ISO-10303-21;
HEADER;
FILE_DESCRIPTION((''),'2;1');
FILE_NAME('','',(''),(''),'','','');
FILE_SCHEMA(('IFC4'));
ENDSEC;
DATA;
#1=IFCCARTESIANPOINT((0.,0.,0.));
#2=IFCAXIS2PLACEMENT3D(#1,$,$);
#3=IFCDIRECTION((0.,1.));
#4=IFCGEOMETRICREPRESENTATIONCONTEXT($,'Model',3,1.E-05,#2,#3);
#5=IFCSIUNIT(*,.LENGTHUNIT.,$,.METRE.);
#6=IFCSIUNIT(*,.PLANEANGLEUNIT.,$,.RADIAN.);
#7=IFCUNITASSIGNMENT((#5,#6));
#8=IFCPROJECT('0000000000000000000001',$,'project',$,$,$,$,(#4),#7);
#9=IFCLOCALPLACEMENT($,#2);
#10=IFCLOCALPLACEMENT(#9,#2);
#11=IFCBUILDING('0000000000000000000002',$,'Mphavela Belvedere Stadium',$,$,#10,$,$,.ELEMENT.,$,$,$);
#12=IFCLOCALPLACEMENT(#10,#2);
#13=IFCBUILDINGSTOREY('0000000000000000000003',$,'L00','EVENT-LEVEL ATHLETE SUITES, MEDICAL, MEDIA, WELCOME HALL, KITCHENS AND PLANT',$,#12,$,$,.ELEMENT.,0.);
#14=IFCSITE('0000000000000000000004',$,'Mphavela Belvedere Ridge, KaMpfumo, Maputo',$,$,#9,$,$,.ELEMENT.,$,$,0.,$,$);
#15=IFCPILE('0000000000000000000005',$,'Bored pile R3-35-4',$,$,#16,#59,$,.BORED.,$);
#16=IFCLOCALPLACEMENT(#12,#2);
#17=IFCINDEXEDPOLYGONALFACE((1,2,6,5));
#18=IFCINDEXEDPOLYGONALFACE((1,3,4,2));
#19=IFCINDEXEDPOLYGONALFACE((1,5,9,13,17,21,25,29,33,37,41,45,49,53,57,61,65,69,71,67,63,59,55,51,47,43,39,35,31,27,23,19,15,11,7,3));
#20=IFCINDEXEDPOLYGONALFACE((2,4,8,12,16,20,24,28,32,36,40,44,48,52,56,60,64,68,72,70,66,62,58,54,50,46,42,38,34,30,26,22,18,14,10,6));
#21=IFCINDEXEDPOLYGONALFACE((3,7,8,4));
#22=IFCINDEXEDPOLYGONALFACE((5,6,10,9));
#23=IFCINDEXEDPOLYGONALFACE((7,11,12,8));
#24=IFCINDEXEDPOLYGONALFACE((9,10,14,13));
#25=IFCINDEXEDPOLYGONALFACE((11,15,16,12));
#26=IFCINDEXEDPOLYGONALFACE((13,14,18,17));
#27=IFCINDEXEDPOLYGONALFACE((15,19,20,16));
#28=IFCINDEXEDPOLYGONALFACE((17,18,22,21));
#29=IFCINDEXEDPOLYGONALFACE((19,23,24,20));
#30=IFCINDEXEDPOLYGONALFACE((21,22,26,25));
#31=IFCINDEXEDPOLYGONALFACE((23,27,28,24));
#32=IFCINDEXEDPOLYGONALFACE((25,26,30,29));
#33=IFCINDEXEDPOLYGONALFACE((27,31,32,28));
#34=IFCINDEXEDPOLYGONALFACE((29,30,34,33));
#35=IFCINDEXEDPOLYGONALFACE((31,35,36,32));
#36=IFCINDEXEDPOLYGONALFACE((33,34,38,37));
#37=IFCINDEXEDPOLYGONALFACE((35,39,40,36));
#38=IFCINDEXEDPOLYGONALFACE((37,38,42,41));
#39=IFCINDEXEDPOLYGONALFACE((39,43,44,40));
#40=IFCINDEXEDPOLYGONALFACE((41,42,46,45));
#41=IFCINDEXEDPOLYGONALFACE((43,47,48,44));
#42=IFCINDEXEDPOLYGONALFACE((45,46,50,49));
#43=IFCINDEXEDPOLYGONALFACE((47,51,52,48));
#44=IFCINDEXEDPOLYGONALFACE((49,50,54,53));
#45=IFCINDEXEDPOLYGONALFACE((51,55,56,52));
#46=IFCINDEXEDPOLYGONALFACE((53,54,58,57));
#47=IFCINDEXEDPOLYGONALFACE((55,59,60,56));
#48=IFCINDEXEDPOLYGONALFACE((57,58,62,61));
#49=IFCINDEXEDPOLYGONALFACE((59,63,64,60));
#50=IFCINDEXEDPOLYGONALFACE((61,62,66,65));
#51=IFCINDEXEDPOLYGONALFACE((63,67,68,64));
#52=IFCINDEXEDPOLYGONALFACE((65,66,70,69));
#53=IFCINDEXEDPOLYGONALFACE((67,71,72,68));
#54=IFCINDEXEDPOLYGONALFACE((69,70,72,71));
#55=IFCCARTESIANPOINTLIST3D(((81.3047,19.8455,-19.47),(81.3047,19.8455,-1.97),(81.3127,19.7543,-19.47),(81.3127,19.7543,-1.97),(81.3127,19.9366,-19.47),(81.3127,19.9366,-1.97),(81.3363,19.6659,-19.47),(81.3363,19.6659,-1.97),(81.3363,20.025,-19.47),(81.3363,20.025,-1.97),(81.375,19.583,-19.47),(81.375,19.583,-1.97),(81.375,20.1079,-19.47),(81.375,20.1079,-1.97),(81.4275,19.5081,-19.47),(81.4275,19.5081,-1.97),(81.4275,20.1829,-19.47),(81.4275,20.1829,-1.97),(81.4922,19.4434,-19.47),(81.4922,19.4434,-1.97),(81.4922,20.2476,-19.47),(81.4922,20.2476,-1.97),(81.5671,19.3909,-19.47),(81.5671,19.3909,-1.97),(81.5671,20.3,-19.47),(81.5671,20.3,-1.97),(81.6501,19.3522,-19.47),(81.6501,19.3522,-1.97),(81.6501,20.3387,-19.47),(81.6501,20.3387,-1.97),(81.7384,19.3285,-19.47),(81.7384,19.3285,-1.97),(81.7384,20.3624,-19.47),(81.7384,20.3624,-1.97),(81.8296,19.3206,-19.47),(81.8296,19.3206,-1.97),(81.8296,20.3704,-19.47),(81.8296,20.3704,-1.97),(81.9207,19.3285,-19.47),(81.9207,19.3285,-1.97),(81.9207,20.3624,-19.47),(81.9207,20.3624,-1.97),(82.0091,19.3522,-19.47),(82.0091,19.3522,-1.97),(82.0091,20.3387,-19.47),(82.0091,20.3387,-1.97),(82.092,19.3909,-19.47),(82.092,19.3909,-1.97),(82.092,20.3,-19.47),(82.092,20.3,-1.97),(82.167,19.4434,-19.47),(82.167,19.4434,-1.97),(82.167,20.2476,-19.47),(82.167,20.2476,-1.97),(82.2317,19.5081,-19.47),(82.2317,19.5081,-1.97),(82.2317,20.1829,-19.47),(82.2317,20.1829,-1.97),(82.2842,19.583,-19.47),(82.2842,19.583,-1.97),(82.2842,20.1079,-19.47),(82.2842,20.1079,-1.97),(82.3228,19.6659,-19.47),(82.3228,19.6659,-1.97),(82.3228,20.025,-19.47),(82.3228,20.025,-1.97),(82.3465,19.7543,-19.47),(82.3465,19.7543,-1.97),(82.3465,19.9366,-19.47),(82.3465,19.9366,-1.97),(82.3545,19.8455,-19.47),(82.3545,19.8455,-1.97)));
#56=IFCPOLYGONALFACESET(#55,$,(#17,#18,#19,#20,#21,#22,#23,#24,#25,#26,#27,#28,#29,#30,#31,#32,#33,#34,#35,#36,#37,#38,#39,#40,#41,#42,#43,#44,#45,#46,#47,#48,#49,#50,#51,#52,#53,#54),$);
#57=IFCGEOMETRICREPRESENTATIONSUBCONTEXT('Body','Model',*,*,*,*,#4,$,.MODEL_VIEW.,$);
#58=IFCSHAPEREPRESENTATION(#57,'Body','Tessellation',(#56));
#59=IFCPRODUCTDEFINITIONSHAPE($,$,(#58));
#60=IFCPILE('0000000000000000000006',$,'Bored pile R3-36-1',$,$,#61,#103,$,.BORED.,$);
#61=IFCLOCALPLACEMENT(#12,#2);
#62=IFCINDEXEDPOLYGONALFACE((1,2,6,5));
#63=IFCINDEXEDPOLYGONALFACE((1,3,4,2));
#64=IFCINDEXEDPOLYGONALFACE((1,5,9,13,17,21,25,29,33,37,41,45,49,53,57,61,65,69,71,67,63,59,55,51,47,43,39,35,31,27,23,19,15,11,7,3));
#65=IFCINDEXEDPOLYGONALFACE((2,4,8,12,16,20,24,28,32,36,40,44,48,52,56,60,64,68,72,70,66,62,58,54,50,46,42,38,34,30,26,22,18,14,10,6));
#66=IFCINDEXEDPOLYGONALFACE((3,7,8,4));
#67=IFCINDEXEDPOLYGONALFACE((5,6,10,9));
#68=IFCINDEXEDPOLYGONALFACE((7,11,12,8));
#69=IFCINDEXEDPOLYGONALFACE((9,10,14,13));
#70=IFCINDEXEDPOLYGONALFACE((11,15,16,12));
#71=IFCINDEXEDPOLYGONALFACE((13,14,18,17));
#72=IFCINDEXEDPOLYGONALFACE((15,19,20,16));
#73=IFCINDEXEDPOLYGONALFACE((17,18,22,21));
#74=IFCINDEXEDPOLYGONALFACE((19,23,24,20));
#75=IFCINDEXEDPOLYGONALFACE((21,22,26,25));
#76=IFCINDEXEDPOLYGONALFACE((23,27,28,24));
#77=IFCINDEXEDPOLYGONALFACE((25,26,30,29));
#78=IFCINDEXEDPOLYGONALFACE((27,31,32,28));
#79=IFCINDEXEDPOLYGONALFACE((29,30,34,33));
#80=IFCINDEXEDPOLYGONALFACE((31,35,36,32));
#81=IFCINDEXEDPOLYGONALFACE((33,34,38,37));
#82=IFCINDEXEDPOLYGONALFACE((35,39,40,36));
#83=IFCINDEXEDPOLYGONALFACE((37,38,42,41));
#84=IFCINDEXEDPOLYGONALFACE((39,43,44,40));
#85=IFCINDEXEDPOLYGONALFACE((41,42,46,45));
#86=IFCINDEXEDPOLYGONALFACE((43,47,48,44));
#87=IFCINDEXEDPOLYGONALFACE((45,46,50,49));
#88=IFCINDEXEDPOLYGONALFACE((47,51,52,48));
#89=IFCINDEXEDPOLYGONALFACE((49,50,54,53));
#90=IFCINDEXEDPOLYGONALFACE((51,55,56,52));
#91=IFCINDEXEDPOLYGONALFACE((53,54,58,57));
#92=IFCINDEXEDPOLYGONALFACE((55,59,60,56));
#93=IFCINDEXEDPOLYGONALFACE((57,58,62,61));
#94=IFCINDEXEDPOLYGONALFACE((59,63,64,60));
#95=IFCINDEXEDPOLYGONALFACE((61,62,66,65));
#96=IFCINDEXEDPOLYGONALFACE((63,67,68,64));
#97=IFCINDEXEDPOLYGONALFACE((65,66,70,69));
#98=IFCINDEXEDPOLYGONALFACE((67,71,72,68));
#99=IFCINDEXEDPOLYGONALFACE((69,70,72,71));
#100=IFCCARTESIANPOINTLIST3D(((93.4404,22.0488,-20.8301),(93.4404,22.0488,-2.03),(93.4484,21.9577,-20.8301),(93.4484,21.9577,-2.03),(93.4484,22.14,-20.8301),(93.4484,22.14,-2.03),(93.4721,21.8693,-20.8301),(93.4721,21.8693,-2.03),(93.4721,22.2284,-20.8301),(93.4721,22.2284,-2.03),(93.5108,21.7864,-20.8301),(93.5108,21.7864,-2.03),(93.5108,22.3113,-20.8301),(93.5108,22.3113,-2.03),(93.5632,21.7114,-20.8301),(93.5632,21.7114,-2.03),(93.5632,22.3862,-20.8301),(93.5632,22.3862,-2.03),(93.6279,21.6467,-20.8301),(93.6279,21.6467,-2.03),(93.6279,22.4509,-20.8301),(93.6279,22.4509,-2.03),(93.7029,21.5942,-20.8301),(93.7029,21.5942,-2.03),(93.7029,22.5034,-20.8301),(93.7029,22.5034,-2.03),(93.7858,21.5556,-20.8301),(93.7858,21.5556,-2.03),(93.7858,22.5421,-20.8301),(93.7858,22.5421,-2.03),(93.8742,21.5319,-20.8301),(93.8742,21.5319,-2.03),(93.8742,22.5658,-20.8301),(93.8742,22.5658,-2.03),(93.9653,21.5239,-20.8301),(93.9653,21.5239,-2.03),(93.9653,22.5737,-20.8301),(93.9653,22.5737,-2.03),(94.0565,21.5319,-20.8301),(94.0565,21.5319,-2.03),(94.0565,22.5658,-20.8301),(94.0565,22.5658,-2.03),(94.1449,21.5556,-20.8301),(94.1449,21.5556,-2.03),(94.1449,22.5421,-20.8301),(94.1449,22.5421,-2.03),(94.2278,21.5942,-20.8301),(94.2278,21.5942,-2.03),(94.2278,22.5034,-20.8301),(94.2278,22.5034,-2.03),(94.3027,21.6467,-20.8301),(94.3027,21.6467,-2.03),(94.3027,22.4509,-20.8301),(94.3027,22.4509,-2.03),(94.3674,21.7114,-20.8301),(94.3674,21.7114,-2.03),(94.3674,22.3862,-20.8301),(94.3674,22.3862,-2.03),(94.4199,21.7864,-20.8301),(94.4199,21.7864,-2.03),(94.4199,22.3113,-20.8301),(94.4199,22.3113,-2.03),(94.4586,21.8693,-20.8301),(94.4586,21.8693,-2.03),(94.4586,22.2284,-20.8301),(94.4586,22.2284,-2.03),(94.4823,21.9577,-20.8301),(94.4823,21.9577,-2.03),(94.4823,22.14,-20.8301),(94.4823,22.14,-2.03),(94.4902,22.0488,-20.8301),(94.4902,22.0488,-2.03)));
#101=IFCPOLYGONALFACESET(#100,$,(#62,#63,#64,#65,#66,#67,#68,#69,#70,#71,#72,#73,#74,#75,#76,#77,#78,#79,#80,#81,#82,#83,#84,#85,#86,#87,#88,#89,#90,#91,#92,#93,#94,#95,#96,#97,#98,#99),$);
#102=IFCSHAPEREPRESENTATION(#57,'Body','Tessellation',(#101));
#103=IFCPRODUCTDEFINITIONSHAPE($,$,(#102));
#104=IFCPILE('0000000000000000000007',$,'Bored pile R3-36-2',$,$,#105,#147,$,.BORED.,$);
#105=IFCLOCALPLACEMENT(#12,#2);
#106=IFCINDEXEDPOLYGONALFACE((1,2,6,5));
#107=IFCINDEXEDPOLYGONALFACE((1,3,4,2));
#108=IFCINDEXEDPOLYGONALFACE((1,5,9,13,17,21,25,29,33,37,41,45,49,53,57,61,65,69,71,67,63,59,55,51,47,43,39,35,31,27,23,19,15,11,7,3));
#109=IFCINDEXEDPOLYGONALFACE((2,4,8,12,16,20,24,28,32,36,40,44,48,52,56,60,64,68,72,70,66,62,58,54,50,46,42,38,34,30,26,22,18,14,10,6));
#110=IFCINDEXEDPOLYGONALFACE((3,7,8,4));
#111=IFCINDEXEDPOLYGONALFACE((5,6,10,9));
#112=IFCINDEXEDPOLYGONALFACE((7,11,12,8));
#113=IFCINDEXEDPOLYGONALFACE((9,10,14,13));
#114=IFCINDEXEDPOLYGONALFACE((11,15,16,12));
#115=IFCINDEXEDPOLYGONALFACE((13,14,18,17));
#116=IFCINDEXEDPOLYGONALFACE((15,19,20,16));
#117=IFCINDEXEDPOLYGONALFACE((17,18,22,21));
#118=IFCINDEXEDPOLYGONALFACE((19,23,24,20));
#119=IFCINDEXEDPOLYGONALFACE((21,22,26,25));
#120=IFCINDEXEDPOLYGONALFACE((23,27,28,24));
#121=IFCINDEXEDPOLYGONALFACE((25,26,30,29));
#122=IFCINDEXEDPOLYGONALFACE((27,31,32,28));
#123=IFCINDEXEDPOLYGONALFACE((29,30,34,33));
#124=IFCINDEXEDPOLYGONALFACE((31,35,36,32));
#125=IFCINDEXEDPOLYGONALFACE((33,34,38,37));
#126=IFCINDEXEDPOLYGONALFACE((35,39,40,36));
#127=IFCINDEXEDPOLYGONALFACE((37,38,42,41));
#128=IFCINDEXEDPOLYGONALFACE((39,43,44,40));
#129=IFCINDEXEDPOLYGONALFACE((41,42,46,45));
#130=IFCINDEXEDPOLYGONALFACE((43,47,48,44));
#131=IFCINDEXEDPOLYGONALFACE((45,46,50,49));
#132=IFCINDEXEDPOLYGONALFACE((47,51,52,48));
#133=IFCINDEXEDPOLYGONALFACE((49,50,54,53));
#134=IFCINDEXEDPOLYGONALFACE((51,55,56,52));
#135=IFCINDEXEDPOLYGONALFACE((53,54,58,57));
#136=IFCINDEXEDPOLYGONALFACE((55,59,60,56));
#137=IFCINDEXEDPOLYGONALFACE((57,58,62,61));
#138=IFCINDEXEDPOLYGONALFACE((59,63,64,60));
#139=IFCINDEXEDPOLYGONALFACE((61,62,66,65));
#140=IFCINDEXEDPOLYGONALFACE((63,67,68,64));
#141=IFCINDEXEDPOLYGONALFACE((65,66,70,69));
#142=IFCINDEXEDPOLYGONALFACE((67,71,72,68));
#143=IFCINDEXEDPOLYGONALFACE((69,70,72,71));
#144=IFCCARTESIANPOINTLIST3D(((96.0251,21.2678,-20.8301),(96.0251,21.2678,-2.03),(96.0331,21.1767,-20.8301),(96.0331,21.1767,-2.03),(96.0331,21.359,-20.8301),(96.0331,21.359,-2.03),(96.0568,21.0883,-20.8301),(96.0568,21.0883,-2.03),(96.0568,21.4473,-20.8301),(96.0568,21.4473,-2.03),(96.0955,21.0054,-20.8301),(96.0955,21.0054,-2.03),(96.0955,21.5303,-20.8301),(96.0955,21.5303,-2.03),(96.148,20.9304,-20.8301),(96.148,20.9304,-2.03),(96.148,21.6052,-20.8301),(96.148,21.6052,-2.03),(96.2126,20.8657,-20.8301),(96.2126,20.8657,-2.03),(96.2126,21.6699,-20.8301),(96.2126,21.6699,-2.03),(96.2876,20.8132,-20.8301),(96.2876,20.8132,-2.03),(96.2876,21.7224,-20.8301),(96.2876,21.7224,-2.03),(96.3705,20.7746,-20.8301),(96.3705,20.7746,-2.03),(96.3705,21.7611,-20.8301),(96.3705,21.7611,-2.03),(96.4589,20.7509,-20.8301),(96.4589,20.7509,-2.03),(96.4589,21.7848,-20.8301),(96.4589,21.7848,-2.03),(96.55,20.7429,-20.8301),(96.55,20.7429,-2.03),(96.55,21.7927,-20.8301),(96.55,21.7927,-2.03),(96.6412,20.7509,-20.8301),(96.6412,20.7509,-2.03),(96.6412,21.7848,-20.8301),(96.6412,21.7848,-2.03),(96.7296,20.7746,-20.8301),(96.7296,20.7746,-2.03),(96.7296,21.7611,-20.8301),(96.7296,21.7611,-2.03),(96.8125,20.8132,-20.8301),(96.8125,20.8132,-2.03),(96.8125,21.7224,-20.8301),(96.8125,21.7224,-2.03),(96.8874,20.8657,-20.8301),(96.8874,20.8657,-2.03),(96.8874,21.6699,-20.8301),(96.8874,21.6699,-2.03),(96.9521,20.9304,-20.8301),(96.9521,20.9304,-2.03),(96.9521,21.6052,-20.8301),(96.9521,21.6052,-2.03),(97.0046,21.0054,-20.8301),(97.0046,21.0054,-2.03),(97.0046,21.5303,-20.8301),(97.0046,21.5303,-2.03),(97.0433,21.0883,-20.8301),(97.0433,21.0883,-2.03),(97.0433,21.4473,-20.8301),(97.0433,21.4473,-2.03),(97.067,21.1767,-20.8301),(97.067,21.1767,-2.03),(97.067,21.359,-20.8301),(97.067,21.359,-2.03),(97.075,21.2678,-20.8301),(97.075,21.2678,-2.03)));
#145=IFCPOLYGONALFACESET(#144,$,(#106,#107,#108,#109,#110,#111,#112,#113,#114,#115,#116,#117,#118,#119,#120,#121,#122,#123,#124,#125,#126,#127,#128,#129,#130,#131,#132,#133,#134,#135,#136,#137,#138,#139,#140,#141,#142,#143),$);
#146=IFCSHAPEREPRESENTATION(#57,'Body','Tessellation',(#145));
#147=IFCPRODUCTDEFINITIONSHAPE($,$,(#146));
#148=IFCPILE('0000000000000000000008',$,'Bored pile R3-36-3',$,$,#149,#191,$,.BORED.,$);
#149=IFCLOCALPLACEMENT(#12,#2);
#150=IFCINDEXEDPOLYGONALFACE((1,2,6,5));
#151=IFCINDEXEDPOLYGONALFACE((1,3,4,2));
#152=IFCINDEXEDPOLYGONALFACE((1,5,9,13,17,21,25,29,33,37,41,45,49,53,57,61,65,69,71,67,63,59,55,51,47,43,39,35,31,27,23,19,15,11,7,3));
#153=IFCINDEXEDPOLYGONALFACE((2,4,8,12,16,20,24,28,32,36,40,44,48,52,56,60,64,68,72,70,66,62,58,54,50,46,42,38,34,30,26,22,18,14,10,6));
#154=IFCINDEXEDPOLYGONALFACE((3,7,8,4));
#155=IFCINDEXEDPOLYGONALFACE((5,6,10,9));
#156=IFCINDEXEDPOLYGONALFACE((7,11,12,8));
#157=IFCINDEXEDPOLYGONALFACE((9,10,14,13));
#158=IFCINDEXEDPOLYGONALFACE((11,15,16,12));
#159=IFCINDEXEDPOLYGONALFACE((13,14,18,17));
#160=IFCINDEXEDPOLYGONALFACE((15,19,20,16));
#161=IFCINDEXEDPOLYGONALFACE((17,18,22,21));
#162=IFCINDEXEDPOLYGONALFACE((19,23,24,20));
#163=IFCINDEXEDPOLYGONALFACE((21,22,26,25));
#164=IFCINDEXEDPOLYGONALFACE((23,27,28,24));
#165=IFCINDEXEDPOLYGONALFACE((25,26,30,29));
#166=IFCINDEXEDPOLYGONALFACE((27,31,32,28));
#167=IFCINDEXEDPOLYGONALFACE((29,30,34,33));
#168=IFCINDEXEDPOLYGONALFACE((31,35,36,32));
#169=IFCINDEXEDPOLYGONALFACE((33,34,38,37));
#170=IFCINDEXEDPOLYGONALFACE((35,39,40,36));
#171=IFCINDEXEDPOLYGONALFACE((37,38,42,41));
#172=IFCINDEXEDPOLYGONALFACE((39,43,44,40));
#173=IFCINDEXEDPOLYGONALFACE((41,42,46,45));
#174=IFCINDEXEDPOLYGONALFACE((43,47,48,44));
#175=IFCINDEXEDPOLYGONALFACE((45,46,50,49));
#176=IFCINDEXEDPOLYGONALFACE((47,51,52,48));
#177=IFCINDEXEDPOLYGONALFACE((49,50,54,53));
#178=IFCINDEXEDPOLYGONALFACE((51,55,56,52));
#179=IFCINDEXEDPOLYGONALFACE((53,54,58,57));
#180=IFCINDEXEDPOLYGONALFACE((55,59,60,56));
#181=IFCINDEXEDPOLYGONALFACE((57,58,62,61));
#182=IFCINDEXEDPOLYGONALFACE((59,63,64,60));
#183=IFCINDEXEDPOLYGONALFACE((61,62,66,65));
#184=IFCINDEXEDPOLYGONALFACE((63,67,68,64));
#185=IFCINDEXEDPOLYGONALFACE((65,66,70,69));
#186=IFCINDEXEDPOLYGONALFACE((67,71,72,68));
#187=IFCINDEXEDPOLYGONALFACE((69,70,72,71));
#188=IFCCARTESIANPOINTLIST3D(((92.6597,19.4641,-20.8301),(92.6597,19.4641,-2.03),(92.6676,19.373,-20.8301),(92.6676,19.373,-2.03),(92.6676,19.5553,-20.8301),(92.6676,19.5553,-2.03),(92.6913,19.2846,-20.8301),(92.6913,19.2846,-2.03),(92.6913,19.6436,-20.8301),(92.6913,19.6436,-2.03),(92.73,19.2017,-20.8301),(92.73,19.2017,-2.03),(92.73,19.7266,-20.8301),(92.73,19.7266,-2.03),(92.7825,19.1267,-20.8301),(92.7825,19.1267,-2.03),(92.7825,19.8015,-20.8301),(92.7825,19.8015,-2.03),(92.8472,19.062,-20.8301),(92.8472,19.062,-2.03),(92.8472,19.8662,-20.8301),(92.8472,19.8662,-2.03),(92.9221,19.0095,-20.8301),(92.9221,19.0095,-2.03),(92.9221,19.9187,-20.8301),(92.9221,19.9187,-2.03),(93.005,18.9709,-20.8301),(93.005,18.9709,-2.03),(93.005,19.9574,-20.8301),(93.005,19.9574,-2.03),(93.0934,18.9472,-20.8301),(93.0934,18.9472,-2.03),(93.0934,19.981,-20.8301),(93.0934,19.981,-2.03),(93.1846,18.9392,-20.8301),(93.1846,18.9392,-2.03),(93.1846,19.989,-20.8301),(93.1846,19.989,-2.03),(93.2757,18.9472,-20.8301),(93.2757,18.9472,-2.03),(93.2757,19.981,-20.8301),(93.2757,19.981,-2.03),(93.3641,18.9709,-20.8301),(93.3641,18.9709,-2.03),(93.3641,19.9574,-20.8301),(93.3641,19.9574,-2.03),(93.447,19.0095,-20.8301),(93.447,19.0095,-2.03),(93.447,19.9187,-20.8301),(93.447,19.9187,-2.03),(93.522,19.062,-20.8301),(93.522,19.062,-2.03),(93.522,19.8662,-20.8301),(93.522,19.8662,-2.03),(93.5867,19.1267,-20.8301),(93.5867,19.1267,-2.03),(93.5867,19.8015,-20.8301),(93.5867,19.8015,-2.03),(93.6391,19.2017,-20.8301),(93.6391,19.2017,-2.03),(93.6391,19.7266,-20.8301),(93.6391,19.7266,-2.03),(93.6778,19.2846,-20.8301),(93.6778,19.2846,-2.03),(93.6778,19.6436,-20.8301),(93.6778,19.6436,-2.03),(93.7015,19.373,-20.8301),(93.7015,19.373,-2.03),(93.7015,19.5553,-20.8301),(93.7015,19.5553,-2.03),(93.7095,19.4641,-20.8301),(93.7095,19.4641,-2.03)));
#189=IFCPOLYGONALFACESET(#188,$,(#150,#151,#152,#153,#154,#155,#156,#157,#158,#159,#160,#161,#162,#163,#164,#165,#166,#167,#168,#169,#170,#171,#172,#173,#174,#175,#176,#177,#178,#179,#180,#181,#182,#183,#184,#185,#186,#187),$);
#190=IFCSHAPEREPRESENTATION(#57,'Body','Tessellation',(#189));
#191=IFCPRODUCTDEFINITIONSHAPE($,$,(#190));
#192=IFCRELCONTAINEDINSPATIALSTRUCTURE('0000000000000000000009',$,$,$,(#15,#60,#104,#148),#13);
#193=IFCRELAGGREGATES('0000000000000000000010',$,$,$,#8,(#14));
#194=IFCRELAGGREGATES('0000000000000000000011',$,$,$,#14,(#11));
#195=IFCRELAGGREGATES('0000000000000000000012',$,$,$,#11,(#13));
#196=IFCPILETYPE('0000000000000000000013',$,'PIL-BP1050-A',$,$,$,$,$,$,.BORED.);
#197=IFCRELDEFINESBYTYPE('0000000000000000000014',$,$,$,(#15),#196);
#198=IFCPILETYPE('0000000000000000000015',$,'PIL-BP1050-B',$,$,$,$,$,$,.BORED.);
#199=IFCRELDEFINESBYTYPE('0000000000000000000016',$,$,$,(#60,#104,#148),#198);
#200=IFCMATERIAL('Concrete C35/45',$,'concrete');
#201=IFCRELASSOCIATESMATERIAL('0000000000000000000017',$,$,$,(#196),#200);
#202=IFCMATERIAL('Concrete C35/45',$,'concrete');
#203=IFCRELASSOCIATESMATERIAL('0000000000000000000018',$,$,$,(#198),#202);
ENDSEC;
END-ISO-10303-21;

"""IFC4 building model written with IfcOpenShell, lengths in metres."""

from ifc_helpers import new_model, si_unit, direction, frame, origin, origin_2d, place, context, subcontext, project, spatial, circle, extrude, material, material_profile, profile_set, type_object, element, save


model = new_model("IFC4")

# Units and contexts
model_context = context("Model", 3, precision=1e-05, world=origin(), true_north=direction((0.0, 1.0)))
body_context = subcontext(model_context, "Body", "Model", "MODEL_VIEW")
ifc_project = project(units=[si_unit("LENGTHUNIT", "METRE"), si_unit("PLANEANGLEUNIT", "RADIAN")], contexts=[model_context])

# Site, building, storey
site_placement = place(None, origin())
site = spatial("IfcSite", under=ifc_project, at=site_placement, Name="Mphavela Belvedere Ridge, KaMpfumo, Maputo", CompositionType="ELEMENT", RefElevation=0.0)
building_placement = place(site_placement, origin())
building = spatial("IfcBuilding", under=site, at=building_placement, Name="Mphavela Belvedere Stadium", CompositionType="ELEMENT")
storey_placement = place(building_placement, origin())
storey = spatial("IfcBuildingStorey", under=building, at=storey_placement, Name="L00", Description="EVENT-LEVEL ATHLETE SUITES, MEDICAL, MEDIA, WELCOME HALL, KITCHENS AND PLANT", CompositionType="ELEMENT", Elevation=0.0)

# Piles
ifc_material_1 = material(Name="Concrete C35/45", Category="concrete")
ifc_material_profile_1 = material_profile(ifc_material_1, circle(Radius=0.5249, at=origin_2d()), Name="BP D1050")
ifc_profile_set_1 = profile_set([ifc_material_profile_1], Name="Concrete C35/45")
pile_type_1 = type_object("IfcPileType", Name="PIL-BP1050-A", PredefinedType="BORED", material=ifc_profile_set_1)
for number, where, z_axis, x_axis, name in (
    (1, (81.8296, 19.8455, -1.97), (0.0, 0.0, -1.0), (1.0, 0.0, 0.0), "Bored pile R3-35-4"),
):
    element("IfcPile", number, at=place(storey_placement, frame(where, z_axis=z_axis, x_axis=x_axis)), inside=storey, type_object=pile_type_1, Name=name, PredefinedType="BORED", context=body_context, shape_type="SweptSolid", body=[
        extrude(circle(Radius=0.5249, at=origin_2d()), origin(), (0.0, 0.0, 1.0), 17.5),
    ])
ifc_material_2 = material(Name="Concrete C35/45", Category="concrete")
ifc_material_profile_2 = material_profile(ifc_material_2, circle(Radius=0.5249, at=origin_2d()), Name="BP D1050")
ifc_profile_set_2 = profile_set([ifc_material_profile_2], Name="Concrete C35/45")
pile_type_2 = type_object("IfcPileType", Name="PIL-BP1050-B", PredefinedType="BORED", material=ifc_profile_set_2)
for number, where, z_axis, x_axis, name in (
    (2, (93.9653, 22.0488, -2.03), (0.0, 0.0, -1.0), (1.0, 0.0, 0.0), "Bored pile R3-36-1"),
    (3, (96.55, 21.2678, -2.03), (0.0, 0.0, -1.0), (1.0, 0.0, 0.0), "Bored pile R3-36-2"),
    (4, (93.1846, 19.4641, -2.03), (0.0, 0.0, -1.0), (1.0, 0.0, 0.0), "Bored pile R3-36-3"),
):
    element("IfcPile", number, at=place(storey_placement, frame(where, z_axis=z_axis, x_axis=x_axis)), inside=storey, type_object=pile_type_2, Name=name, PredefinedType="BORED", context=body_context, shape_type="SweptSolid", body=[
        extrude(circle(Radius=0.5249, at=origin_2d()), origin(), (0.0, 0.0, 1.0), 18.8),
    ])

save(model, "model.ifc")
